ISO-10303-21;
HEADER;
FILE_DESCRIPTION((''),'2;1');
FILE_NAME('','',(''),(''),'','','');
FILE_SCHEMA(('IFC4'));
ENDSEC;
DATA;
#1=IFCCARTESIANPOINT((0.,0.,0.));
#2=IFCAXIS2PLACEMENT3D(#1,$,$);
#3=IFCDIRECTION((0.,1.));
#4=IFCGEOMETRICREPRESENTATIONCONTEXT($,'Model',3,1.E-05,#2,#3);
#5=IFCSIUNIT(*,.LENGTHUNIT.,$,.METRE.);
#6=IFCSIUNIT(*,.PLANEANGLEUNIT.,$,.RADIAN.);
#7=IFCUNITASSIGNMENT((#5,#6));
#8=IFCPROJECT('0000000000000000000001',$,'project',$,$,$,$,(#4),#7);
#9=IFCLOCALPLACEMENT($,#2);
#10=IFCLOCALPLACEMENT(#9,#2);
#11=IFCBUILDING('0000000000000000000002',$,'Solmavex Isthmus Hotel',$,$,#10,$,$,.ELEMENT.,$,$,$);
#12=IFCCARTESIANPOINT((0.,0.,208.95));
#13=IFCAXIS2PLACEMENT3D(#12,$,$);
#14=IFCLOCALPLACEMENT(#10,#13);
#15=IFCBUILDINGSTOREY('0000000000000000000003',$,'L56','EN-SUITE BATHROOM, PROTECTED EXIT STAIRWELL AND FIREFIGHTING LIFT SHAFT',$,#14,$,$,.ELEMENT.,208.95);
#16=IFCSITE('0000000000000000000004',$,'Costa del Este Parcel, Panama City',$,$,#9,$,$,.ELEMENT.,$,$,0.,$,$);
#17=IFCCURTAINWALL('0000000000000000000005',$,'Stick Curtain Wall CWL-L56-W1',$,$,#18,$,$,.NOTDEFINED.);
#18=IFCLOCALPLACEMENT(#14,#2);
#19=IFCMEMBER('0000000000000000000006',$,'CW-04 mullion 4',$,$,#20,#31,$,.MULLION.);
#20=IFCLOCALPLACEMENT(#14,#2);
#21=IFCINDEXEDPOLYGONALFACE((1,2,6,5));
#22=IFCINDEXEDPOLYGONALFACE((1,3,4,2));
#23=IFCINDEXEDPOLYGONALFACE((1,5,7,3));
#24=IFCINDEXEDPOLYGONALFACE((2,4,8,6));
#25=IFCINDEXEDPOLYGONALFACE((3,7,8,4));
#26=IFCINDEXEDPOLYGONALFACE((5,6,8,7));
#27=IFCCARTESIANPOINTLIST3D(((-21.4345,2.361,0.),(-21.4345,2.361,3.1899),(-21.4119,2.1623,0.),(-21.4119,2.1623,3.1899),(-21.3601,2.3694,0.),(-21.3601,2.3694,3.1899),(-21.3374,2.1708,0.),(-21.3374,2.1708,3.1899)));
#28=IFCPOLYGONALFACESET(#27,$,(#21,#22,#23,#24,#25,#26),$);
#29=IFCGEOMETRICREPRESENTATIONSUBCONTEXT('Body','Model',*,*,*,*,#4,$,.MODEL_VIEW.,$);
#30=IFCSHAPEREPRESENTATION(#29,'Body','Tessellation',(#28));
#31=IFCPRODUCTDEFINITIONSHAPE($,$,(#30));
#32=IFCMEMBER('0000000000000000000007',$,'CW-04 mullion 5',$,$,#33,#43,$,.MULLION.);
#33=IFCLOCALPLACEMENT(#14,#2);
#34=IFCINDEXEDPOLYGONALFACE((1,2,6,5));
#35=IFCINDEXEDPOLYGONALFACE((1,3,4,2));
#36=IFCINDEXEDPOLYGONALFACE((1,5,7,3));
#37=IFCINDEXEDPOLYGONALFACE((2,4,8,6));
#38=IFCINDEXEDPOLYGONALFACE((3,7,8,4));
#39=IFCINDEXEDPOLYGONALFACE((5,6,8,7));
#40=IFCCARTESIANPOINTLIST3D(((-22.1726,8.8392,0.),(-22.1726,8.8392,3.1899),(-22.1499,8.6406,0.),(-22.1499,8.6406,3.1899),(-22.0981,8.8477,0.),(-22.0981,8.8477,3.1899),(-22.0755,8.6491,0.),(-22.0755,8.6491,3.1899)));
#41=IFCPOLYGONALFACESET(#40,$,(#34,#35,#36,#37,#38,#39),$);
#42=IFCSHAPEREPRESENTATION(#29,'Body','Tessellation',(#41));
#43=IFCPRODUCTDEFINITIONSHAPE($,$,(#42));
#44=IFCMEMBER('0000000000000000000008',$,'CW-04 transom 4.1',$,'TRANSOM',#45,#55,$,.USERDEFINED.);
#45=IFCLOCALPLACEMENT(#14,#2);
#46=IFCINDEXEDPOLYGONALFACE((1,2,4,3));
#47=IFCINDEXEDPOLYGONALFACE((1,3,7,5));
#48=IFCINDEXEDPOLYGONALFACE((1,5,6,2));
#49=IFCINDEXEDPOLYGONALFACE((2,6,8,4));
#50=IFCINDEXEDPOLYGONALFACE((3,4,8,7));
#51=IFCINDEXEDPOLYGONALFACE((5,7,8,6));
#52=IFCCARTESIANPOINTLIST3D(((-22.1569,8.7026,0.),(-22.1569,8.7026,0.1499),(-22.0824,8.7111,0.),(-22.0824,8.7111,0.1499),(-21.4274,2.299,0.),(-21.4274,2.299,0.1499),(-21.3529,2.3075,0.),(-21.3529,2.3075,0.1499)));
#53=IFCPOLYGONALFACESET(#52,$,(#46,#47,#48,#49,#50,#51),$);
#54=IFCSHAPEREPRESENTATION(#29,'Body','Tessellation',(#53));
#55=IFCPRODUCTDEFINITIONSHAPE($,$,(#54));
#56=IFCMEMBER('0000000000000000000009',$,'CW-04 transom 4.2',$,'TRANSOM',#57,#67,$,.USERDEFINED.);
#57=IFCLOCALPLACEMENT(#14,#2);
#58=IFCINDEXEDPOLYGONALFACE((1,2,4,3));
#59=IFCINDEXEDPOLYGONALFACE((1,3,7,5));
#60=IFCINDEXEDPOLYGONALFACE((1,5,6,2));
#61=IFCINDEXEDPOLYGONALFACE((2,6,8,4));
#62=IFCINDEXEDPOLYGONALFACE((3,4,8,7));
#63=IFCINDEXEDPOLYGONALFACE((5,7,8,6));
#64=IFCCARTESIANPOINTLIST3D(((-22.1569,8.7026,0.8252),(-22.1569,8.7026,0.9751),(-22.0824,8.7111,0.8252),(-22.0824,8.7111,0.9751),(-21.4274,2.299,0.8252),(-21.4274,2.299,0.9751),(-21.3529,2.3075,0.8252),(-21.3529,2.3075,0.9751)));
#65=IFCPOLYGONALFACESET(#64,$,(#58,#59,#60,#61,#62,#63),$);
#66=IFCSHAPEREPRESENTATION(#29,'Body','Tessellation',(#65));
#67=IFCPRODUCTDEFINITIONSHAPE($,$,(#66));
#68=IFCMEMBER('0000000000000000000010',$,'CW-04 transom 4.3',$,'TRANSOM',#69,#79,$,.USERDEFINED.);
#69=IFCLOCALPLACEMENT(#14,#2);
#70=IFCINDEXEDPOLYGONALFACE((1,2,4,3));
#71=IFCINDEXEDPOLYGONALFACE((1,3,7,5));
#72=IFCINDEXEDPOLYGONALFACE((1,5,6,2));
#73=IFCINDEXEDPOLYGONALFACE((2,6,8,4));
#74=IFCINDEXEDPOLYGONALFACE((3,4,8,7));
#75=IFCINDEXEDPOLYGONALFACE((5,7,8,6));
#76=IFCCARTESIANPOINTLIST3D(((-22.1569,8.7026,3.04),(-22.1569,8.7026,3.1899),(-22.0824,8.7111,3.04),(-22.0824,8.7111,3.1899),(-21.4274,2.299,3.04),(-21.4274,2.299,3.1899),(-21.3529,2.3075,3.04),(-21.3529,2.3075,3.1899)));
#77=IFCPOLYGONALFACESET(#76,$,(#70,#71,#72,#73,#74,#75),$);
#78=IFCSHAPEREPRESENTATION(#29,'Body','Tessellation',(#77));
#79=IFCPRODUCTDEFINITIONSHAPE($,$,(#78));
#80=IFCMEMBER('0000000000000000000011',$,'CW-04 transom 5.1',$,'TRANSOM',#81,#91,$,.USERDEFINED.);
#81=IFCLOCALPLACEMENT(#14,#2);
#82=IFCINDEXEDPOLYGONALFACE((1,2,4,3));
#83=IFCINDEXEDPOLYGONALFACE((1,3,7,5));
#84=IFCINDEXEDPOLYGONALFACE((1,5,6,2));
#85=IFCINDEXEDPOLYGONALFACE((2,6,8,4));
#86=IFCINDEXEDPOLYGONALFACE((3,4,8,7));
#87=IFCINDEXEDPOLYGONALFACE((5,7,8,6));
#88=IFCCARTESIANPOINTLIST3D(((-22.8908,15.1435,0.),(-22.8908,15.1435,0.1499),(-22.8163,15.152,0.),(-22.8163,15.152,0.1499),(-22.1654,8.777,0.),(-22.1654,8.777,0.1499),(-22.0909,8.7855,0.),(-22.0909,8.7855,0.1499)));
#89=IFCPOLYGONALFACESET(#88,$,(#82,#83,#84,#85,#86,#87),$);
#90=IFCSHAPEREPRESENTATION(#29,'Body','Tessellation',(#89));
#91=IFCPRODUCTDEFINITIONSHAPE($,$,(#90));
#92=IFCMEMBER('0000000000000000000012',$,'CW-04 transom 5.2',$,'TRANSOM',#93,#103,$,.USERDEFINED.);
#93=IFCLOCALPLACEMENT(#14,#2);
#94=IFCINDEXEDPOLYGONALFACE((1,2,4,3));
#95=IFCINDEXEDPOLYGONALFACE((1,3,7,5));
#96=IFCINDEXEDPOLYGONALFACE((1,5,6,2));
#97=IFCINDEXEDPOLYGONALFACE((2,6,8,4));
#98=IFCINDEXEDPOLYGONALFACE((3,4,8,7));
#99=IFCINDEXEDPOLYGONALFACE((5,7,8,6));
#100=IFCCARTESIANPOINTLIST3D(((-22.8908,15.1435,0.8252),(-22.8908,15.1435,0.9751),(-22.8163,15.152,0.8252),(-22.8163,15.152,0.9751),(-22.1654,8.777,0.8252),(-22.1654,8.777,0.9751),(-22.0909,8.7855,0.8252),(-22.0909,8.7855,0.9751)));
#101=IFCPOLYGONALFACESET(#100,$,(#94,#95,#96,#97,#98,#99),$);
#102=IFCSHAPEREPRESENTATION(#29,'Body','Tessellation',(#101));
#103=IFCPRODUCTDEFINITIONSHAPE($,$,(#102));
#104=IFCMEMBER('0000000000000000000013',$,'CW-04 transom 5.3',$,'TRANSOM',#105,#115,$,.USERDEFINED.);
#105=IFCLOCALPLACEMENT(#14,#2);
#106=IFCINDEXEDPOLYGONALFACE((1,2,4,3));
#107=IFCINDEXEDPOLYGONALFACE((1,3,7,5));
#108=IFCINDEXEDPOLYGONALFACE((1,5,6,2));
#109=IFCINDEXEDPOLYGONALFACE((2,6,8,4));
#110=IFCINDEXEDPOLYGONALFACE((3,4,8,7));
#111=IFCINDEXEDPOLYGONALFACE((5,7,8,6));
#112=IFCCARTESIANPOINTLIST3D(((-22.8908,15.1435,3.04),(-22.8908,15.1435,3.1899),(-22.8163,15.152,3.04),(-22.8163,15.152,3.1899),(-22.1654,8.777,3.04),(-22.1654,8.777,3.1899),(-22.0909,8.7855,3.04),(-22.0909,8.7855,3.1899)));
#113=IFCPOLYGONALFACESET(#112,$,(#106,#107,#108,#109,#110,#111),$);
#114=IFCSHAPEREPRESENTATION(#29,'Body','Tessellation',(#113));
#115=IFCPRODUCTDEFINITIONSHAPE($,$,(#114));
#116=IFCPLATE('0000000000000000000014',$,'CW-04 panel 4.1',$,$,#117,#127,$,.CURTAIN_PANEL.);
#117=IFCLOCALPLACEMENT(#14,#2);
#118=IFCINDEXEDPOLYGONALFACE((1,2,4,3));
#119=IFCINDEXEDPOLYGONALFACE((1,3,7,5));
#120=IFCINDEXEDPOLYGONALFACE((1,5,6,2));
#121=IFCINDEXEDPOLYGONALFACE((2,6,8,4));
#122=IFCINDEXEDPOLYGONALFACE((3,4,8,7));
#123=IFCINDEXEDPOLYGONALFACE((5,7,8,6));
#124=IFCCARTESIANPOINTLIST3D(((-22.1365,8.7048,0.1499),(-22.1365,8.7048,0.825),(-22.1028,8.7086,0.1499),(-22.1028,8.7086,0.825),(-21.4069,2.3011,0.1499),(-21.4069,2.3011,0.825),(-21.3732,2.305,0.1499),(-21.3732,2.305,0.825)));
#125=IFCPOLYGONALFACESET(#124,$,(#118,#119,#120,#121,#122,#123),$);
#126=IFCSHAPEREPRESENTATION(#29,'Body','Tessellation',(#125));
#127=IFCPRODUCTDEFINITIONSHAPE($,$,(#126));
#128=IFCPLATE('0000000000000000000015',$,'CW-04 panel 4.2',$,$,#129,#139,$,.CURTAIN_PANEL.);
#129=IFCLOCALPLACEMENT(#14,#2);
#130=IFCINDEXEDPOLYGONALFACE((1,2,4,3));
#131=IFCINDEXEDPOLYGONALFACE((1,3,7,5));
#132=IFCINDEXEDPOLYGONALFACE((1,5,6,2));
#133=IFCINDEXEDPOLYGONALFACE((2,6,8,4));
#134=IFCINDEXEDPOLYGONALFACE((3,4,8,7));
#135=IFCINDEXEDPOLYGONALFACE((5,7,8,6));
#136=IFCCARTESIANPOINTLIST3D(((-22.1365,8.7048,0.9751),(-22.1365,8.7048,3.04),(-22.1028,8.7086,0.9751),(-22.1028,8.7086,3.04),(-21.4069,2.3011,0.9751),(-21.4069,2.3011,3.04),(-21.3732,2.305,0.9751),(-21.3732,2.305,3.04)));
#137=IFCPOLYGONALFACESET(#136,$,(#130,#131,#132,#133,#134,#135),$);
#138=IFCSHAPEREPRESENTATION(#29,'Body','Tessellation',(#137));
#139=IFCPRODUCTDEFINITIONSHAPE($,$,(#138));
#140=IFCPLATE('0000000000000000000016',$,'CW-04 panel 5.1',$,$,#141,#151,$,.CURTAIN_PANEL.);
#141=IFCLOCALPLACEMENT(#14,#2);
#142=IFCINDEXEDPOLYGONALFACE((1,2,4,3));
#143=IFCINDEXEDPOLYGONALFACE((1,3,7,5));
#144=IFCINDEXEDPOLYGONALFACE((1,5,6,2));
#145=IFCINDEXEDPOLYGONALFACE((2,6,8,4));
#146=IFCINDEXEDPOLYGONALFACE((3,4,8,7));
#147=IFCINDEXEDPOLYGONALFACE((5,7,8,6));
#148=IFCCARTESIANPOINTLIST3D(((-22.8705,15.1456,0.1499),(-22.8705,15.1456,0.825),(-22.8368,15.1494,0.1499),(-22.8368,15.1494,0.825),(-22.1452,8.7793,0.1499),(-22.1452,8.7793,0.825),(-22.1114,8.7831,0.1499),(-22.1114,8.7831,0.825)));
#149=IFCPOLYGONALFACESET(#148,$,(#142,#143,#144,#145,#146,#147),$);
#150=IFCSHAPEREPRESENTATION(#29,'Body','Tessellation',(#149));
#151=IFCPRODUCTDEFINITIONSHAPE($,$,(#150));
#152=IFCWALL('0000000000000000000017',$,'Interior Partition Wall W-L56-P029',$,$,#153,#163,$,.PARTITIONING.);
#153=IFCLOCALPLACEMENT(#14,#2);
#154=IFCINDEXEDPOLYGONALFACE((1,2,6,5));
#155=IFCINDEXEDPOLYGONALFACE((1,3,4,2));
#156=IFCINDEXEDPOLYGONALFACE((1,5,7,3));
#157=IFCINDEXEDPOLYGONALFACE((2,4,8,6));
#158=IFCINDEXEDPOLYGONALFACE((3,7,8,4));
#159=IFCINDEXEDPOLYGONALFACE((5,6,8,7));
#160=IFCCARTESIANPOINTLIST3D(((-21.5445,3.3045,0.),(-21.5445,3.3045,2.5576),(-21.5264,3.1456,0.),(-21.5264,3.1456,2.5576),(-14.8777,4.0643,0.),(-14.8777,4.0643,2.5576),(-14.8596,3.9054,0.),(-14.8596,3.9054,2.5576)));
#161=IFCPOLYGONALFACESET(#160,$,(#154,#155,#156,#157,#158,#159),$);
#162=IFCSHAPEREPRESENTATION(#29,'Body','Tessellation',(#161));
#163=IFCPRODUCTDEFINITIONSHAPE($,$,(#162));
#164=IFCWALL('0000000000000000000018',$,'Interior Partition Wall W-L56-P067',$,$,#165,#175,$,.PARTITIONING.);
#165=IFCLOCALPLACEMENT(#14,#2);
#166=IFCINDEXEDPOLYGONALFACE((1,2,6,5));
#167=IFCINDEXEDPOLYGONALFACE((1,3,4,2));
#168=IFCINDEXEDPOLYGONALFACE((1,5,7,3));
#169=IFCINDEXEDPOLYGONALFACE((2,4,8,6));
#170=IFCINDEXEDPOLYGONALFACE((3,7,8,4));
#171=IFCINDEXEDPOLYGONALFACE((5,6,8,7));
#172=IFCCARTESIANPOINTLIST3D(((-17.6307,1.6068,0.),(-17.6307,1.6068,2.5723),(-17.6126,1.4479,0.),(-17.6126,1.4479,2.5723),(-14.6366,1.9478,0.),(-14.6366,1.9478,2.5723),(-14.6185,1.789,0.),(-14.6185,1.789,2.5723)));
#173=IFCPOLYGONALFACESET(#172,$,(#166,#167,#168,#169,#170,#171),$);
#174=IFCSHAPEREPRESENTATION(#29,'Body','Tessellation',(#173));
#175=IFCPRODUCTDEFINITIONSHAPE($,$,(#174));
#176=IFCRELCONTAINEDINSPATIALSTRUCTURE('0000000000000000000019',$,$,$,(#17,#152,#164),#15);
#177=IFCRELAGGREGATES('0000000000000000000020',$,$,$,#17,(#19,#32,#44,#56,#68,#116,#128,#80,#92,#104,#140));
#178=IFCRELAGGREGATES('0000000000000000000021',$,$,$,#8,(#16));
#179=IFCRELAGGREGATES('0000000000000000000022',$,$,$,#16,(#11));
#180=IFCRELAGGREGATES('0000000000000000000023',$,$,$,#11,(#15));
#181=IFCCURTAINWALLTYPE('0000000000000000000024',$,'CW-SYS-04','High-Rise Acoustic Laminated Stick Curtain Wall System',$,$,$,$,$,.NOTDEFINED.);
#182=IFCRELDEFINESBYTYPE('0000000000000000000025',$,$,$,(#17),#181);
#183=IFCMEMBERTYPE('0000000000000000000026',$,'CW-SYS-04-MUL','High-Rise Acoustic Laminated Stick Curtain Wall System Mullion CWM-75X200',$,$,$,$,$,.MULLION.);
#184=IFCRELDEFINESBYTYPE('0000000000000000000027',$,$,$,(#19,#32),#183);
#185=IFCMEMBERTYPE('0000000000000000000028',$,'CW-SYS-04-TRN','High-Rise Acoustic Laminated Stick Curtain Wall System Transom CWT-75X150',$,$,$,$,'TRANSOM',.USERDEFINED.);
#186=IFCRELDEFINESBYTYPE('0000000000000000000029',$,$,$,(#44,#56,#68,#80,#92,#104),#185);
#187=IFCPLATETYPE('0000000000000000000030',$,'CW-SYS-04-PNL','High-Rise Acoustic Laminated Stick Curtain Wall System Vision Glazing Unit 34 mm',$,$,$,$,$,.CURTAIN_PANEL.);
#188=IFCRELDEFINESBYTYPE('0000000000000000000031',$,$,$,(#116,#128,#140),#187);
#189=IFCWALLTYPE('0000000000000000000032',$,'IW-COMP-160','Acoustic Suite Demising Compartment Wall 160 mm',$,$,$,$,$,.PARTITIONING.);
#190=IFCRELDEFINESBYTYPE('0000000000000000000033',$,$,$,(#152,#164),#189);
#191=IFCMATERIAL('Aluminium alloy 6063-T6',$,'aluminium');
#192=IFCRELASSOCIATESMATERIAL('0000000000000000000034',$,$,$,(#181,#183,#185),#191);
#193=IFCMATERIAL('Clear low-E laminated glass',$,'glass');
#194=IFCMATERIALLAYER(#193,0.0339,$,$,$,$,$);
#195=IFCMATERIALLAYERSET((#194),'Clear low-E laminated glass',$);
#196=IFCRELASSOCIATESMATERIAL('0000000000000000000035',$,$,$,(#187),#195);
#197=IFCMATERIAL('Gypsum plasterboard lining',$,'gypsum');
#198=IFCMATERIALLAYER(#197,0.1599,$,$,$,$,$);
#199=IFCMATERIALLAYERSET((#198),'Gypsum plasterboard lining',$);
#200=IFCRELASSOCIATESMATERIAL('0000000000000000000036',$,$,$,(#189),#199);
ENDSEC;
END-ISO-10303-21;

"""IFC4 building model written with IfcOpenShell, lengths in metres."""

from ifc_helpers import new_model, si_unit, direction, frame, frame_2d, origin, origin_2d, place, context, subcontext, project, spatial, rectangle, extrude, material, layer, layer_set, material_profile, profile_set, type_object, element, aggregate, save


model = new_model("IFC4")

# Units and contexts
model_context = context("Model", 3, precision=1e-05, world=origin(), true_north=direction((0.0, 1.0)))
body_context = subcontext(model_context, "Body", "Model", "MODEL_VIEW")
ifc_project = project(units=[si_unit("LENGTHUNIT", "METRE"), si_unit("PLANEANGLEUNIT", "RADIAN")], contexts=[model_context])

# Site, building, storey
site_placement = place(None, origin())
site = spatial("IfcSite", under=ifc_project, at=site_placement, Name="Costa del Este Parcel, Panama City", CompositionType="ELEMENT", RefElevation=0.0)
building_placement = place(site_placement, origin())
building = spatial("IfcBuilding", under=site, at=building_placement, Name="Solmavex Isthmus Hotel", CompositionType="ELEMENT")
storey_placement = place(building_placement, frame((0.0, 0.0, 208.95)))
storey = spatial("IfcBuildingStorey", under=building, at=storey_placement, Name="L56", Description="EN-SUITE BATHROOM, PROTECTED EXIT STAIRWELL AND FIREFIGHTING LIFT SHAFT", CompositionType="ELEMENT", Elevation=208.95)

# Curtain wall, members, plates
ifc_material_1 = material(Name="Aluminium alloy 6063-T6", Category="aluminium")
curtain_wall_type = type_object("IfcCurtainWallType", Name="CW-SYS-04", Description="High-Rise Acoustic Laminated Stick Curtain Wall System", PredefinedType="NOTDEFINED", material=ifc_material_1)
curtain_wall_placement = place(storey_placement, origin())
curtain_wall = element("IfcCurtainWall", 1, at=curtain_wall_placement, inside=storey, type_object=curtain_wall_type, Name="Stick Curtain Wall CWL-L56-W1", PredefinedType="NOTDEFINED")
ifc_material_profile_1 = material_profile(ifc_material_1, rectangle(XDim=0.075, YDim=0.2, at=origin_2d()), Name="CWM-75X200")
ifc_profile_set_1 = profile_set([ifc_material_profile_1], Name="Aluminium alloy 6063-T6")
member_type_1 = type_object("IfcMemberType", Name="CW-SYS-04-MUL", Description="High-Rise Acoustic Laminated Stick Curtain Wall System Mullion CWM-75X200", PredefinedType="MULLION", material=ifc_profile_set_1)
member_1_placement = place(storey_placement, frame((-21.386, 2.2659, 0.0), z_axis=(0.0, 0.0, 1.0), x_axis=(-0.993572, -0.113203, 0.0)))
member_1 = element("IfcMember", 2, at=member_1_placement, type_object=member_type_1, Name="CW-04 mullion 4", PredefinedType="MULLION", context=body_context, shape_type="SweptSolid", body=[
    extrude(rectangle(XDim=0.075, YDim=0.2, at=origin_2d()), origin(), (0.0, 0.0, 1.0), 3.1899),
])
member_2_placement = place(storey_placement, frame((-22.124, 8.7441, 0.0), z_axis=(0.0, 0.0, 1.0), x_axis=(-0.993572, -0.113203, 0.0)))
member_2 = element("IfcMember", 3, at=member_2_placement, type_object=member_type_1, Name="CW-04 mullion 5", PredefinedType="MULLION", context=body_context, shape_type="SweptSolid", body=[
    extrude(rectangle(XDim=0.075, YDim=0.2, at=origin_2d()), origin(), (0.0, 0.0, 1.0), 3.1899),
])
ifc_material_profile_2 = material_profile(ifc_material_1, rectangle(XDim=0.075, YDim=0.1499, at=origin_2d()), Name="CWT-75X150")
ifc_profile_set_2 = profile_set([ifc_material_profile_2], Name="Aluminium alloy 6063-T6")
member_type_2 = type_object("IfcMemberType", Name="CW-SYS-04-TRN", Description="High-Rise Acoustic Laminated Stick Curtain Wall System Transom CWT-75X150", ElementType="TRANSOM", PredefinedType="USERDEFINED", material=ifc_profile_set_2)
member_3_placement = place(storey_placement, frame((-21.3901, 2.3032, 0.075), z_axis=(-0.113188, 0.993574, 0.0), x_axis=(-0.993574, -0.113188, 0.0)))
member_3 = element("IfcMember", 4, at=member_3_placement, type_object=member_type_2, Name="CW-04 transom 4.1", ObjectType="TRANSOM", PredefinedType="USERDEFINED", context=body_context, shape_type="SweptSolid", body=[
    extrude(rectangle(XDim=0.075, YDim=0.1499, at=origin_2d()), origin(), (0.0, 0.0, 1.0), 6.4451),
])
member_4_placement = place(storey_placement, frame((-21.3901, 2.3032, 0.9001), z_axis=(-0.113188, 0.993574, 0.0), x_axis=(-0.993574, -0.113188, 0.0)))
member_4 = element("IfcMember", 5, at=member_4_placement, type_object=member_type_2, Name="CW-04 transom 4.2", ObjectType="TRANSOM", PredefinedType="USERDEFINED", context=body_context, shape_type="SweptSolid", body=[
    extrude(rectangle(XDim=0.075, YDim=0.1499, at=origin_2d()), origin(), (0.0, 0.0, 1.0), 6.4451),
])
member_5_placement = place(storey_placement, frame((-21.3901, 2.3032, 3.115), z_axis=(-0.113188, 0.993574, 0.0), x_axis=(-0.993574, -0.113188, 0.0)))
member_5 = element("IfcMember", 6, at=member_5_placement, type_object=member_type_2, Name="CW-04 transom 4.3", ObjectType="TRANSOM", PredefinedType="USERDEFINED", context=body_context, shape_type="SweptSolid", body=[
    extrude(rectangle(XDim=0.075, YDim=0.1499, at=origin_2d()), origin(), (0.0, 0.0, 1.0), 6.4451),
])
member_6_placement = place(storey_placement, frame((-22.1282, 8.7812, 0.075), z_axis=(-0.113199, 0.993572, 0.0), x_axis=(-0.993572, -0.113199, 0.0)))
member_6 = element("IfcMember", 7, at=member_6_placement, type_object=member_type_2, Name="CW-04 transom 5.1", ObjectType="TRANSOM", PredefinedType="USERDEFINED", context=body_context, shape_type="SweptSolid", body=[
    extrude(rectangle(XDim=0.075, YDim=0.1499, at=origin_2d()), origin(), (0.0, 0.0, 1.0), 6.4077),
])
member_7_placement = place(storey_placement, frame((-22.1282, 8.7812, 0.9001), z_axis=(-0.113199, 0.993572, 0.0), x_axis=(-0.993572, -0.113199, 0.0)))
member_7 = element("IfcMember", 8, at=member_7_placement, type_object=member_type_2, Name="CW-04 transom 5.2", ObjectType="TRANSOM", PredefinedType="USERDEFINED", context=body_context, shape_type="SweptSolid", body=[
    extrude(rectangle(XDim=0.075, YDim=0.1499, at=origin_2d()), origin(), (0.0, 0.0, 1.0), 6.4077),
])
member_8_placement = place(storey_placement, frame((-22.1282, 8.7812, 3.115), z_axis=(-0.113199, 0.993572, 0.0), x_axis=(-0.993572, -0.113199, 0.0)))
member_8 = element("IfcMember", 9, at=member_8_placement, type_object=member_type_2, Name="CW-04 transom 5.3", ObjectType="TRANSOM", PredefinedType="USERDEFINED", context=body_context, shape_type="SweptSolid", body=[
    extrude(rectangle(XDim=0.075, YDim=0.1499, at=origin_2d()), origin(), (0.0, 0.0, 1.0), 6.4077),
])
ifc_material_2 = material(Name="Clear low-E laminated glass", Category="glass")
ifc_layer_1 = layer(ifc_material_2, 0.0339)
ifc_layer_set_1 = layer_set([ifc_layer_1], Name="Clear low-E laminated glass")
plate_type = type_object("IfcPlateType", Name="CW-SYS-04-PNL", Description="High-Rise Acoustic Laminated Stick Curtain Wall System Vision Glazing Unit 34 mm", PredefinedType="CURTAIN_PANEL", material=ifc_layer_set_1)
plate_1_placement = place(storey_placement, frame((-21.7549, 5.5049, 0.1499), z_axis=(0.0, 0.0, 1.0), x_axis=(-0.113203, 0.993572, 0.0)))
plate_1 = element("IfcPlate", 10, at=plate_1_placement, type_object=plate_type, Name="CW-04 panel 4.1", PredefinedType="CURTAIN_PANEL", context=body_context, shape_type="SweptSolid", body=[
    extrude(rectangle(XDim=6.4451, YDim=0.0339, at=origin_2d()), origin(), (0.0, 0.0, 1.0), 0.675),
])
plate_2_placement = place(storey_placement, frame((-21.7549, 5.5049, 0.9751), z_axis=(0.0, 0.0, 1.0), x_axis=(-0.113203, 0.993572, 0.0)))
plate_2 = element("IfcPlate", 11, at=plate_2_placement, type_object=plate_type, Name="CW-04 panel 4.2", PredefinedType="CURTAIN_PANEL", context=body_context, shape_type="SweptSolid", body=[
    extrude(rectangle(XDim=6.4451, YDim=0.0339, at=origin_2d()), origin(), (0.0, 0.0, 1.0), 2.0649),
])
plate_3_placement = place(storey_placement, frame((-22.491, 11.9644, 0.1499), z_axis=(0.0, 0.0, 1.0), x_axis=(-0.113203, 0.993572, 0.0)))
plate_3 = element("IfcPlate", 12, at=plate_3_placement, type_object=plate_type, Name="CW-04 panel 5.1", PredefinedType="CURTAIN_PANEL", context=body_context, shape_type="SweptSolid", body=[
    extrude(rectangle(XDim=6.4075, YDim=0.0339, at=origin_2d()), origin(), (0.0, 0.0, 1.0), 0.675),
])
aggregate(curtain_wall, [member_1, member_2, member_3, member_4, member_5, plate_1, plate_2, member_6, member_7, member_8, plate_3])

# Wall
ifc_material_3 = material(Name="Gypsum plasterboard lining", Category="gypsum")
ifc_layer_2 = layer(ifc_material_3, 0.1599)
ifc_layer_set_2 = layer_set([ifc_layer_2], Name="Gypsum plasterboard lining")
wall_type_1 = type_object("IfcWallType", Name="IW-COMP-160", Description="Acoustic Suite Demising Compartment Wall 160 mm", PredefinedType="PARTITIONING", material=ifc_layer_set_2)
wall_1_placement = place(storey_placement, frame((-14.8687, 3.9849, 0.0), z_axis=(0.0, 0.0, 1.0), x_axis=(-0.993569, -0.113231, 0.0)))
element("IfcWall", 13, at=wall_1_placement, inside=storey, type_object=wall_type_1, Name="Interior Partition Wall W-L56-P029", PredefinedType="PARTITIONING", context=body_context, shape_type="SweptSolid", body=[
    extrude(rectangle(XDim=6.71, YDim=0.1599, at=frame_2d((3.355, 0.0))), origin(), (0.0, 0.0, 1.0), 2.5576),
])

# Wall
wall_2_placement = place(storey_placement, frame((-14.6274, 1.8684, 0.0), z_axis=(0.0, 0.0, 1.0), x_axis=(-0.993575, -0.113179, 0.0)))
element("IfcWall", 14, at=wall_2_placement, inside=storey, type_object=wall_type_1, Name="Interior Partition Wall W-L56-P067", PredefinedType="PARTITIONING", context=body_context, shape_type="SweptSolid", body=[
    extrude(rectangle(XDim=3.0134, YDim=0.1599, at=frame_2d((1.5068, 0.0))), origin(), (0.0, 0.0, 1.0), 2.5723),
])

save(model, "model.ifc")
